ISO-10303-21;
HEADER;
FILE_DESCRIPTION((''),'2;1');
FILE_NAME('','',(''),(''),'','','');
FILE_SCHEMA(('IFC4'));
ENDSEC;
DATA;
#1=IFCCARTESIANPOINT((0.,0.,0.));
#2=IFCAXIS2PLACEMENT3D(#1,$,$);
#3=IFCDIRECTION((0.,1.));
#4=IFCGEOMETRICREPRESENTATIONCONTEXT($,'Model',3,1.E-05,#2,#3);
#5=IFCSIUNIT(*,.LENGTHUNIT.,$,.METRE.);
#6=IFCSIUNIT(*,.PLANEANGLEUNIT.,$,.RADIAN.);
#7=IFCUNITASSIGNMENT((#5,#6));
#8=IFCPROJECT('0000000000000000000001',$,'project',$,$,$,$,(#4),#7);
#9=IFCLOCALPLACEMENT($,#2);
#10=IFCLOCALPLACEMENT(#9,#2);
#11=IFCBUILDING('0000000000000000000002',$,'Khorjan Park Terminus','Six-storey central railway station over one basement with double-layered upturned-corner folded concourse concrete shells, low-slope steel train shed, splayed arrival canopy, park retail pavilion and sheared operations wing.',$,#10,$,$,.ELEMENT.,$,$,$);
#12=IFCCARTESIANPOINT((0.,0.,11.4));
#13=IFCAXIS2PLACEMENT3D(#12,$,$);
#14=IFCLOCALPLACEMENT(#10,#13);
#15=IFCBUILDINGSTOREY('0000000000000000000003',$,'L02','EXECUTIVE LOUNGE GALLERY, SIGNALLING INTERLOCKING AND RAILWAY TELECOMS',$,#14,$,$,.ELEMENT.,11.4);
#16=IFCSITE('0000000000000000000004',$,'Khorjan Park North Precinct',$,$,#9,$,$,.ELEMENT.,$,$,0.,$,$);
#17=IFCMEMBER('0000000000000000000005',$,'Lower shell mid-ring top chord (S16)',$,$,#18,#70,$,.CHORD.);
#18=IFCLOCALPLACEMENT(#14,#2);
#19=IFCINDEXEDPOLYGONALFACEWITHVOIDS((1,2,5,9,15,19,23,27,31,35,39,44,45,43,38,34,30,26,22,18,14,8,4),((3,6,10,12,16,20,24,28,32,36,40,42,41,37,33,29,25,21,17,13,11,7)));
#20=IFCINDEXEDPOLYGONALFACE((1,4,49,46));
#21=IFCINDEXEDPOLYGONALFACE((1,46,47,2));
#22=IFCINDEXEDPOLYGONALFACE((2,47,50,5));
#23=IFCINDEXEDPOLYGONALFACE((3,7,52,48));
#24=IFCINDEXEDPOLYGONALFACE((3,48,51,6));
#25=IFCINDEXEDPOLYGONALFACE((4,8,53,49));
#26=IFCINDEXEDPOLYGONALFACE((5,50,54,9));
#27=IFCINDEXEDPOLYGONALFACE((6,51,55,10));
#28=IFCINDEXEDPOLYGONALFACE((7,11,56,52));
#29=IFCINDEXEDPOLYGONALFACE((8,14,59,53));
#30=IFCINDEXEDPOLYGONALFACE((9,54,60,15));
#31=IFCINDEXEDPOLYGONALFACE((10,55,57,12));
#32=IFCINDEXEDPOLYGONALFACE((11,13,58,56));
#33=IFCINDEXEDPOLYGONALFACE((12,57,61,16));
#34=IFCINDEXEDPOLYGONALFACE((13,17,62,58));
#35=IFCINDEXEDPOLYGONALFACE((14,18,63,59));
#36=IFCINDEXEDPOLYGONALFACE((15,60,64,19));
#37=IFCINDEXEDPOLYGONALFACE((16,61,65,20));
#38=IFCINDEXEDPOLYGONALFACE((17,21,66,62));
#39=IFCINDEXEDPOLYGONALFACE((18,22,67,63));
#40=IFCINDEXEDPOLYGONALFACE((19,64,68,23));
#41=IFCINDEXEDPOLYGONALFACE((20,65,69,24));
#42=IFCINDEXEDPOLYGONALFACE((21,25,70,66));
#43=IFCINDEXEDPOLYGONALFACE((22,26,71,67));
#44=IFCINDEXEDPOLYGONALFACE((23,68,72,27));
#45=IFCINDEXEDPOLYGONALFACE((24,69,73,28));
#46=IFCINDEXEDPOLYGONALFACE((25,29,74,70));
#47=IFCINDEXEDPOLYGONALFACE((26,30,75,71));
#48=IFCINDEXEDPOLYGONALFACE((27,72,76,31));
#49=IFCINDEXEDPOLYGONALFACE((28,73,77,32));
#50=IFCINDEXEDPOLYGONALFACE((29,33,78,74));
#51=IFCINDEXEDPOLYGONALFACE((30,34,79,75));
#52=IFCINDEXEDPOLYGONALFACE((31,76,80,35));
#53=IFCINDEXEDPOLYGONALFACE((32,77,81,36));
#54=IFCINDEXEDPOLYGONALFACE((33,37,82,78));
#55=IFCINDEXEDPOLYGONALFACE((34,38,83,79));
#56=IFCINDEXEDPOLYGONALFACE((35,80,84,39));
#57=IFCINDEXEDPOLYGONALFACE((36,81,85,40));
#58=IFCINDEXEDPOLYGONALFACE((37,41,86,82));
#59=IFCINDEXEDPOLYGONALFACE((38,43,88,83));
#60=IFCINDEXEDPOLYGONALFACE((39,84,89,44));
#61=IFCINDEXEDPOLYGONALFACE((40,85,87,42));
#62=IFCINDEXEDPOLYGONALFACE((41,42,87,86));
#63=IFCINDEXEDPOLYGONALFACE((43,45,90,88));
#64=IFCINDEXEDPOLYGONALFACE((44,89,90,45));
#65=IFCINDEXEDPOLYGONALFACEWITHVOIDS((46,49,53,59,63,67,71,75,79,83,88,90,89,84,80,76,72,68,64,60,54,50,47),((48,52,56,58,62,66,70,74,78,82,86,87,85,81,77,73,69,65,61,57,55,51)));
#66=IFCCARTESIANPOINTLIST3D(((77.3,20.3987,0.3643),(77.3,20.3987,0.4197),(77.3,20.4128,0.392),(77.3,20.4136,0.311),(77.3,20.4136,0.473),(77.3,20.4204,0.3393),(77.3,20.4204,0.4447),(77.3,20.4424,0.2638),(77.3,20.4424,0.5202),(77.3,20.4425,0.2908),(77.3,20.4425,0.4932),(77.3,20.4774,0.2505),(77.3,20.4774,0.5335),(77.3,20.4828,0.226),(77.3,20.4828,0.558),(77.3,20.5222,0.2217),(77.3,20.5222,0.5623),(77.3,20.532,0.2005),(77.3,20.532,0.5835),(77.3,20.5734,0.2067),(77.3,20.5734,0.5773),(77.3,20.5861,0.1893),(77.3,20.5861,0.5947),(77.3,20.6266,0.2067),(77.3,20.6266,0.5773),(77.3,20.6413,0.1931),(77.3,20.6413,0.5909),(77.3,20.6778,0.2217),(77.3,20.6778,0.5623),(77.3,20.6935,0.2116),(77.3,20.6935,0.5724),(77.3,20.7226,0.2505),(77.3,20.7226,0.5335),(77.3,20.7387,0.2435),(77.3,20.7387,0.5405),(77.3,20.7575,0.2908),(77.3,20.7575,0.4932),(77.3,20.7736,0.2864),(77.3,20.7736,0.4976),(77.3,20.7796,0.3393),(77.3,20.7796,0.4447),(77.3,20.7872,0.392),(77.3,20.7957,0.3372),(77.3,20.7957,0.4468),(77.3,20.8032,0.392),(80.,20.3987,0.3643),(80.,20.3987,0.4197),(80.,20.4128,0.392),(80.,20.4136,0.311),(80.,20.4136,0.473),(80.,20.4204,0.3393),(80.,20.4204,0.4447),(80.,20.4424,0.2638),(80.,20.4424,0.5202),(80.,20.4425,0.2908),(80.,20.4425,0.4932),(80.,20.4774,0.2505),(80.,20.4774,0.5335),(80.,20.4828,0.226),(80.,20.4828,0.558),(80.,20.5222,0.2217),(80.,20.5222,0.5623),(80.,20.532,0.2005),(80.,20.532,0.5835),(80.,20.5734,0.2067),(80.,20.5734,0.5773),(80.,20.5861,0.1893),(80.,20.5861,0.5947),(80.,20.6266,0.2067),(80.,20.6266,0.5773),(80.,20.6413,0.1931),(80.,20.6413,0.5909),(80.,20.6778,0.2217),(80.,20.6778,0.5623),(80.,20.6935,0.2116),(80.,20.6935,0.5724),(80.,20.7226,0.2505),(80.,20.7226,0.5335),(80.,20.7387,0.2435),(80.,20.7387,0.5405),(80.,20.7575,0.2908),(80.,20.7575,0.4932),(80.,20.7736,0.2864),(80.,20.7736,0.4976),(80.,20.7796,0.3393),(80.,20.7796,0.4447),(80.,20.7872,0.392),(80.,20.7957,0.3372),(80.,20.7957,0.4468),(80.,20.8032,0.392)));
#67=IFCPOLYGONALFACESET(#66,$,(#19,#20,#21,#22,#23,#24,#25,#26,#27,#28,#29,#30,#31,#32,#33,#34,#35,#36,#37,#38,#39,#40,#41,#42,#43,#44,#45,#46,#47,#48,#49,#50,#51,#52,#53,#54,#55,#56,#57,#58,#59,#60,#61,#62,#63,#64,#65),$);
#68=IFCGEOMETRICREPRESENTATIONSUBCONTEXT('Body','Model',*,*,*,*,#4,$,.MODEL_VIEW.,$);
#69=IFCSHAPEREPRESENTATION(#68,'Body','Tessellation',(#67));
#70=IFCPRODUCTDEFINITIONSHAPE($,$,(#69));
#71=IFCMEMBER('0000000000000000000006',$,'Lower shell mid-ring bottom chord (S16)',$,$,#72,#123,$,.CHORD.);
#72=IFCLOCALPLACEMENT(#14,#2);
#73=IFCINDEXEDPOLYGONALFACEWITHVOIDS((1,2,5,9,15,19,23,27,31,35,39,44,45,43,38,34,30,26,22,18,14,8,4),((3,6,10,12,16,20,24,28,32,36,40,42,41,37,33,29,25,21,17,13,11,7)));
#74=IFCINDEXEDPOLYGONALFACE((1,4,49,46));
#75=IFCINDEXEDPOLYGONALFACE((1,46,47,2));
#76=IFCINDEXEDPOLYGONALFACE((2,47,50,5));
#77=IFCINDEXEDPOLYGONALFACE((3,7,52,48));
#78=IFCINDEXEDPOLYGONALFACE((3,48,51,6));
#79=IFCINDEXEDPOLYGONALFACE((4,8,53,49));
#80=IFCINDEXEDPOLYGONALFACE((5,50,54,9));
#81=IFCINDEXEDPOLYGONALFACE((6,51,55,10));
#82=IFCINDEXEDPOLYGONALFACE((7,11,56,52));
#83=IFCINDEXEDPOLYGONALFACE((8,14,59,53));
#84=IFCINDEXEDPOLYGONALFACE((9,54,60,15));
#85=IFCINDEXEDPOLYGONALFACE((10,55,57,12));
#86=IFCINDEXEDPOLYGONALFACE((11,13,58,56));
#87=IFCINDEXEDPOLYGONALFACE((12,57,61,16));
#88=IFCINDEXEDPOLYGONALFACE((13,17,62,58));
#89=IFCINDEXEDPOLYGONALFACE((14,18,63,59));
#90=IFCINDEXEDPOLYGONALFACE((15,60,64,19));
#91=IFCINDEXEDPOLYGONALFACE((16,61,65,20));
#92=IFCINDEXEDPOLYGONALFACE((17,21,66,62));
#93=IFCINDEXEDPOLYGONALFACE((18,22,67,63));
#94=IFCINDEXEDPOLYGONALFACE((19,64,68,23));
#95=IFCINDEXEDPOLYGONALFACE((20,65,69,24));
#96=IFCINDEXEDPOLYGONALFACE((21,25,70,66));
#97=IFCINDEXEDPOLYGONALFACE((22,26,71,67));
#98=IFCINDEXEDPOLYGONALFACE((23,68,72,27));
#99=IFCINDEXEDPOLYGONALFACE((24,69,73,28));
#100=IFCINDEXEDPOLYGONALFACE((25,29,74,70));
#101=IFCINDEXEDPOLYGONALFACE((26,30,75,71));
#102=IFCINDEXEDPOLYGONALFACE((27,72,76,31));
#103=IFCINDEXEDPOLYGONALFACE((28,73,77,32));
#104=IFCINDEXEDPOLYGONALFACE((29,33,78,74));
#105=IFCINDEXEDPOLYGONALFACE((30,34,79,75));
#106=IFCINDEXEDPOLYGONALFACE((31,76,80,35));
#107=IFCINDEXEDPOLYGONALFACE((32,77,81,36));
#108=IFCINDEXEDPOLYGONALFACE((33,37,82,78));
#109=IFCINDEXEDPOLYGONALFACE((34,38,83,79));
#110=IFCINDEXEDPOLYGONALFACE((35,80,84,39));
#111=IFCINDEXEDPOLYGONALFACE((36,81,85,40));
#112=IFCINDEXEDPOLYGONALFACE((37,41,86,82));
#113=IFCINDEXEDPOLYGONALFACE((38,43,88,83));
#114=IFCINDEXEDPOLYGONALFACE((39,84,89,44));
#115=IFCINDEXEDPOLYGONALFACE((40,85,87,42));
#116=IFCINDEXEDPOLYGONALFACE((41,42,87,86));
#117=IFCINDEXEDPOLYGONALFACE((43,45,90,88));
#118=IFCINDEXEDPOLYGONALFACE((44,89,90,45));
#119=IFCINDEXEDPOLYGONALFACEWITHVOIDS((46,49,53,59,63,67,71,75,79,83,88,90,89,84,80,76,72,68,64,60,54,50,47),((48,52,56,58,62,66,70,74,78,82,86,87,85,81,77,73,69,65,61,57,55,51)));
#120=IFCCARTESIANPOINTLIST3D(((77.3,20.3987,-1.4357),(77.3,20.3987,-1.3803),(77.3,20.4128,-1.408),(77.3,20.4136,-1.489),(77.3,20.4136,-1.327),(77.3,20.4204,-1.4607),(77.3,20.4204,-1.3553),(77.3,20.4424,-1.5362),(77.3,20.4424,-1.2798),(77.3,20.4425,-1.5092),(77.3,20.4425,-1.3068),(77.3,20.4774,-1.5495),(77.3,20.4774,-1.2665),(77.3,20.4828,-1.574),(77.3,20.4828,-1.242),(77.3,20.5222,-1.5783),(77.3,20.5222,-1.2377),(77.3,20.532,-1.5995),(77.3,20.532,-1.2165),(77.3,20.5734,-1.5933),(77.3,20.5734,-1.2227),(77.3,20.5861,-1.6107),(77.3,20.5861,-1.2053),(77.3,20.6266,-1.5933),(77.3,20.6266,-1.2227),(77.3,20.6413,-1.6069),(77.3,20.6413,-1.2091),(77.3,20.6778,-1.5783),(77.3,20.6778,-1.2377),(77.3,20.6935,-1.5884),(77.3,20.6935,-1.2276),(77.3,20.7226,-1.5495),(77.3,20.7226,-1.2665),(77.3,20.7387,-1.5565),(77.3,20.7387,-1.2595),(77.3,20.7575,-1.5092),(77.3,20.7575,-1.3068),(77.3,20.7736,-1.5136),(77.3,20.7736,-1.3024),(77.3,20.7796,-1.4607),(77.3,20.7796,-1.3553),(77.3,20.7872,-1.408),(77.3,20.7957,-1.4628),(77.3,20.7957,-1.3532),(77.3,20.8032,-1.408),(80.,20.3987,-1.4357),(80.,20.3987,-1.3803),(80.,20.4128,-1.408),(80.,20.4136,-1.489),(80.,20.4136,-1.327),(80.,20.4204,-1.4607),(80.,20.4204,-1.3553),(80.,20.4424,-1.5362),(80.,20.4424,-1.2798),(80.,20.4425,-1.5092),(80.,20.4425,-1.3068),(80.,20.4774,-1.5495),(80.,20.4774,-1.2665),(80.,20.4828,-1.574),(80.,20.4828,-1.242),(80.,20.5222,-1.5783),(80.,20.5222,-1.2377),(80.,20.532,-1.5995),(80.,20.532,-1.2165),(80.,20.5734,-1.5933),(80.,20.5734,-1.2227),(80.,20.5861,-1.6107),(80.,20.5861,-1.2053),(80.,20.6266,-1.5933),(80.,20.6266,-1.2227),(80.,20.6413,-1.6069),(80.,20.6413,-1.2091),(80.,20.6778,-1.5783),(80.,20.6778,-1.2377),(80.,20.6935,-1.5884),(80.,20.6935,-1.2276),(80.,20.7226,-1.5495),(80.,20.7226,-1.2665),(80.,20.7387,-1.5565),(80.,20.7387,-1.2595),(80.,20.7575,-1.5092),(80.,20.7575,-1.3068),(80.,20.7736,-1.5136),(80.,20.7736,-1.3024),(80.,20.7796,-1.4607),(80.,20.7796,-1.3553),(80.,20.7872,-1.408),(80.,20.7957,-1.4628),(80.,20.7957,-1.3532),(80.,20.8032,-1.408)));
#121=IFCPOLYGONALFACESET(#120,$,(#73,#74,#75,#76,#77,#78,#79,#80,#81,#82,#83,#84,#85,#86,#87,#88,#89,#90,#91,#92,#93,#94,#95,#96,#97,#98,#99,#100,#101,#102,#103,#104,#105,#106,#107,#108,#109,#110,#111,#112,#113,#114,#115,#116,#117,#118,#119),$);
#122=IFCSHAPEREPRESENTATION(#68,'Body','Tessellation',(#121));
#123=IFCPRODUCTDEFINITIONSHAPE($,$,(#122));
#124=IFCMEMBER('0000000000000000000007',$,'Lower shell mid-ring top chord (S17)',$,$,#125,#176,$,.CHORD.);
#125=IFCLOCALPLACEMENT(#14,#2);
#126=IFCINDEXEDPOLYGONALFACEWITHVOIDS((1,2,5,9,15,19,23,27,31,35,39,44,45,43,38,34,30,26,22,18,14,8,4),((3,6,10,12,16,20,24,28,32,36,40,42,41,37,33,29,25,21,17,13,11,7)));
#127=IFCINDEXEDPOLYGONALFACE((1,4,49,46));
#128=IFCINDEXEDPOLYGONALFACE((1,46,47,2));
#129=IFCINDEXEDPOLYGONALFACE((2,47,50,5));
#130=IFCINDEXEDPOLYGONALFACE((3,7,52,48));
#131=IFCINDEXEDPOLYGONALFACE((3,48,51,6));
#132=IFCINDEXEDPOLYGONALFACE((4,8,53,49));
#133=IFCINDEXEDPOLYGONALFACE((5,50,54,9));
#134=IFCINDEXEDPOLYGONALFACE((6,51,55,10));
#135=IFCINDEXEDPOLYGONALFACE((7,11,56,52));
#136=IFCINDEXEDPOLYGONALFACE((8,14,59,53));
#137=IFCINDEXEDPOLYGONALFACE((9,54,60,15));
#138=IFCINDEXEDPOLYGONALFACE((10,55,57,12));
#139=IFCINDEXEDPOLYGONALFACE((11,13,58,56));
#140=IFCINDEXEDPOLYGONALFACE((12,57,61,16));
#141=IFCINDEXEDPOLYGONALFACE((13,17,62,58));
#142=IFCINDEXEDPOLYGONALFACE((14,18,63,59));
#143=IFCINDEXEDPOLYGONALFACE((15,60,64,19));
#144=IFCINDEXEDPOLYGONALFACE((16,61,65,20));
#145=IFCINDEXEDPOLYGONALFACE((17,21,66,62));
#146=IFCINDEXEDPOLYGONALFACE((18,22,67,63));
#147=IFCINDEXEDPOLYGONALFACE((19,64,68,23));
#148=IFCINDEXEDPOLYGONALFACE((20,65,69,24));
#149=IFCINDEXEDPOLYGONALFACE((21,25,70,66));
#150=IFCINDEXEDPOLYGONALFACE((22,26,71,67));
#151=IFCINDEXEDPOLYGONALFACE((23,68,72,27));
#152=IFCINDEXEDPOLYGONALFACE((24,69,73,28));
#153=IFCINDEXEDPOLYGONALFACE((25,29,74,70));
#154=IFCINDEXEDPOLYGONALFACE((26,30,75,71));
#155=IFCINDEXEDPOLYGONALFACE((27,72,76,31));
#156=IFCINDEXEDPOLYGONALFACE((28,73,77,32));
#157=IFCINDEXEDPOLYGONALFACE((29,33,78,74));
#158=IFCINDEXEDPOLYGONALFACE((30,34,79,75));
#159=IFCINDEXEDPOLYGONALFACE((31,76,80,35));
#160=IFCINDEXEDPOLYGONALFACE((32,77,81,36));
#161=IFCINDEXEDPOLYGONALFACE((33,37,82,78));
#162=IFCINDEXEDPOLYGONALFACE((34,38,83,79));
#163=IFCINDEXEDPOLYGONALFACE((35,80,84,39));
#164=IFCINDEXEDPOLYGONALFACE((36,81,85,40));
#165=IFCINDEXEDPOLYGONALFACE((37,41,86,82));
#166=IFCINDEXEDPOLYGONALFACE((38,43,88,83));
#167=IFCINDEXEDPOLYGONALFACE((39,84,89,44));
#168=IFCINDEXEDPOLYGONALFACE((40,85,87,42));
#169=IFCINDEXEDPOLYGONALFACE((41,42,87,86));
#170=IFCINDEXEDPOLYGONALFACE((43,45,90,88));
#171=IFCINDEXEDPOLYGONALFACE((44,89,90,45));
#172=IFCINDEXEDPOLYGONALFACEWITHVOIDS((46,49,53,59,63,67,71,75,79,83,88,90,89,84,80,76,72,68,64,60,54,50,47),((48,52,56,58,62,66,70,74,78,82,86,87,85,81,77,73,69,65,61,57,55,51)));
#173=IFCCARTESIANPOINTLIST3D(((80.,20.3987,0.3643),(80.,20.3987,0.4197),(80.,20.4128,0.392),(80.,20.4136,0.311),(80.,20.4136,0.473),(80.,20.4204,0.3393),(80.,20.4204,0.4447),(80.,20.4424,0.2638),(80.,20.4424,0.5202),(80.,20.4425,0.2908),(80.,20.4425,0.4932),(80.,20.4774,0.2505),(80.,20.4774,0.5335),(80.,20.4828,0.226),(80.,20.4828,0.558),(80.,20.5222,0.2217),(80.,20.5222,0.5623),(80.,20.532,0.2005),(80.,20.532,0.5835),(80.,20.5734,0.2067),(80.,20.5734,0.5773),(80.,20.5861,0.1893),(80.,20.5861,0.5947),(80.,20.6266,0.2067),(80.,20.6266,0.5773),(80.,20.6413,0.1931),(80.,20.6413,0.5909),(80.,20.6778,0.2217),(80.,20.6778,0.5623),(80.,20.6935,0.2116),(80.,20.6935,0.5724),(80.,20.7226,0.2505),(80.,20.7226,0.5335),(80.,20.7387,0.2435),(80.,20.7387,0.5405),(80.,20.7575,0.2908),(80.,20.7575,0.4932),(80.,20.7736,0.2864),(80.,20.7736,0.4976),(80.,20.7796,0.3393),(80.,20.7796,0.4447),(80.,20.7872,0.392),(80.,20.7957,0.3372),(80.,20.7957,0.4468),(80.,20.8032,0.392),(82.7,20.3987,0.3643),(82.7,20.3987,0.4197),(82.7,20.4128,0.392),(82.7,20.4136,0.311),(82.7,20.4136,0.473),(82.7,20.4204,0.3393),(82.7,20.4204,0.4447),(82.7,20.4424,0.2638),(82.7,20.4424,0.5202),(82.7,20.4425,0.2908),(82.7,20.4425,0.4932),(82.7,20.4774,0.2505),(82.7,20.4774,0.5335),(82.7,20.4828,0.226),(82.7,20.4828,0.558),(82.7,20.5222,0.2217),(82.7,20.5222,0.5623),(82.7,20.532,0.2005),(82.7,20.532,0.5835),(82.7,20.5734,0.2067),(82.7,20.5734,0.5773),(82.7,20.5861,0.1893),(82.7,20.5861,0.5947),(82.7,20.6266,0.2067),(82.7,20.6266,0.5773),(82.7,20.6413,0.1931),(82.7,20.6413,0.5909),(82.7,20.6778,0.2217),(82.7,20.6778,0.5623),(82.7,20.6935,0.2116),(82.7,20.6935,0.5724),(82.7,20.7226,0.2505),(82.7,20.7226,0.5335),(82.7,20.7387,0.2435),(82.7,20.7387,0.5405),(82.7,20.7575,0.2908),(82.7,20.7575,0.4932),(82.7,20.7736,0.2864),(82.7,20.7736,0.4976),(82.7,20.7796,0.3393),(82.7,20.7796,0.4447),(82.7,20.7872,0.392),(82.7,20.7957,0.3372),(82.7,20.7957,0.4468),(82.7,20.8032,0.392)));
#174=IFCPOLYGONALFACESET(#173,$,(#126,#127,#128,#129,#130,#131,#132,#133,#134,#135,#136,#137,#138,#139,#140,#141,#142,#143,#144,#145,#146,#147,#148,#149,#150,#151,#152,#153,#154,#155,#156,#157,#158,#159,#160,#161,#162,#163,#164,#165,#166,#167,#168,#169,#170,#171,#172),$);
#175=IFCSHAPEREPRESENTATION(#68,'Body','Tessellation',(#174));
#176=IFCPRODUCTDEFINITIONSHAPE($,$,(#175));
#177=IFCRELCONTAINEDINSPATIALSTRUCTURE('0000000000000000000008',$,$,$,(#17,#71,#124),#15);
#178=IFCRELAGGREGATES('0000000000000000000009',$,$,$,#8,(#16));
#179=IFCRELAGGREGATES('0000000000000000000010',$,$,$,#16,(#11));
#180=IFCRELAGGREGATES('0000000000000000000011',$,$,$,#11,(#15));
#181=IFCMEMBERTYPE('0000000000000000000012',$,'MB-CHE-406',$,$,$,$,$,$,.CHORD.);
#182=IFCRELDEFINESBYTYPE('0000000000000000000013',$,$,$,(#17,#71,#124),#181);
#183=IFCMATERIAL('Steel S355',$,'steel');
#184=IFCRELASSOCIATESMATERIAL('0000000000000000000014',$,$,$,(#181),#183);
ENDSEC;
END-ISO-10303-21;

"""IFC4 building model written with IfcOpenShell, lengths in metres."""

from ifc_helpers import new_model, si_unit, direction, frame, origin, origin_2d, place, context, subcontext, project, spatial, hollow_circle, extrude, material, material_profile, profile_set, type_object, element, save


model = new_model("IFC4")

# Units and contexts
model_context = context("Model", 3, precision=1e-05, world=origin(), true_north=direction((0.0, 1.0)))
body_context = subcontext(model_context, "Body", "Model", "MODEL_VIEW")
ifc_project = project(units=[si_unit("LENGTHUNIT", "METRE"), si_unit("PLANEANGLEUNIT", "RADIAN")], contexts=[model_context])

# Site, building, storey
site_placement = place(None, origin())
site = spatial("IfcSite", under=ifc_project, at=site_placement, Name="Khorjan Park North Precinct", CompositionType="ELEMENT", RefElevation=0.0)
building_placement = place(site_placement, origin())
building = spatial("IfcBuilding", under=site, at=building_placement, Name="Khorjan Park Terminus", Description="Six-storey central railway station over one basement with double-layered upturned-corner folded concourse concrete shells, low-slope steel train shed, splayed arrival canopy, park retail pavilion and sheared operations wing.", CompositionType="ELEMENT")
storey_placement = place(building_placement, frame((0.0, 0.0, 11.4)))
storey = spatial("IfcBuildingStorey", under=building, at=storey_placement, Name="L02", Description="EXECUTIVE LOUNGE GALLERY, SIGNALLING INTERLOCKING AND RAILWAY TELECOMS", CompositionType="ELEMENT", Elevation=11.4)

# Members
ifc_material_1 = material(Name="Steel S355", Category="steel")
ifc_material_profile_1 = material_profile(ifc_material_1, hollow_circle(Radius=0.2032, WallThickness=0.016, at=origin_2d()), Name="CHS 406.4x16")
ifc_profile_set_1 = profile_set([ifc_material_profile_1], Name="Steel S355")
member_type_1 = type_object("IfcMemberType", Name="MB-CHE-406", PredefinedType="CHORD", material=ifc_profile_set_1)
for number, where, z_axis, x_axis, name in (
    (1, (77.3, 20.6, 0.392), (1.0, 0.0, 0.0), (0.0, 1.0, 0.0), "Lower shell mid-ring top chord (S16)"),
    (2, (77.3, 20.6, -1.408), (1.0, 0.0, 0.0), (0.0, 1.0, 0.0), "Lower shell mid-ring bottom chord (S16)"),
    (3, (80.0, 20.6, 0.392), (1.0, 0.0, 0.0), (0.0, 1.0, 0.0), "Lower shell mid-ring top chord (S17)"),
):
    element("IfcMember", number, at=place(storey_placement, frame(where, z_axis=z_axis, x_axis=x_axis)), inside=storey, type_object=member_type_1, Name=name, PredefinedType="CHORD", context=body_context, shape_type="SweptSolid", body=[
        extrude(hollow_circle(Radius=0.2032, WallThickness=0.016, at=origin_2d()), origin(), (0.0, 0.0, 1.0), 2.7),
    ])

save(model, "model.ifc")
